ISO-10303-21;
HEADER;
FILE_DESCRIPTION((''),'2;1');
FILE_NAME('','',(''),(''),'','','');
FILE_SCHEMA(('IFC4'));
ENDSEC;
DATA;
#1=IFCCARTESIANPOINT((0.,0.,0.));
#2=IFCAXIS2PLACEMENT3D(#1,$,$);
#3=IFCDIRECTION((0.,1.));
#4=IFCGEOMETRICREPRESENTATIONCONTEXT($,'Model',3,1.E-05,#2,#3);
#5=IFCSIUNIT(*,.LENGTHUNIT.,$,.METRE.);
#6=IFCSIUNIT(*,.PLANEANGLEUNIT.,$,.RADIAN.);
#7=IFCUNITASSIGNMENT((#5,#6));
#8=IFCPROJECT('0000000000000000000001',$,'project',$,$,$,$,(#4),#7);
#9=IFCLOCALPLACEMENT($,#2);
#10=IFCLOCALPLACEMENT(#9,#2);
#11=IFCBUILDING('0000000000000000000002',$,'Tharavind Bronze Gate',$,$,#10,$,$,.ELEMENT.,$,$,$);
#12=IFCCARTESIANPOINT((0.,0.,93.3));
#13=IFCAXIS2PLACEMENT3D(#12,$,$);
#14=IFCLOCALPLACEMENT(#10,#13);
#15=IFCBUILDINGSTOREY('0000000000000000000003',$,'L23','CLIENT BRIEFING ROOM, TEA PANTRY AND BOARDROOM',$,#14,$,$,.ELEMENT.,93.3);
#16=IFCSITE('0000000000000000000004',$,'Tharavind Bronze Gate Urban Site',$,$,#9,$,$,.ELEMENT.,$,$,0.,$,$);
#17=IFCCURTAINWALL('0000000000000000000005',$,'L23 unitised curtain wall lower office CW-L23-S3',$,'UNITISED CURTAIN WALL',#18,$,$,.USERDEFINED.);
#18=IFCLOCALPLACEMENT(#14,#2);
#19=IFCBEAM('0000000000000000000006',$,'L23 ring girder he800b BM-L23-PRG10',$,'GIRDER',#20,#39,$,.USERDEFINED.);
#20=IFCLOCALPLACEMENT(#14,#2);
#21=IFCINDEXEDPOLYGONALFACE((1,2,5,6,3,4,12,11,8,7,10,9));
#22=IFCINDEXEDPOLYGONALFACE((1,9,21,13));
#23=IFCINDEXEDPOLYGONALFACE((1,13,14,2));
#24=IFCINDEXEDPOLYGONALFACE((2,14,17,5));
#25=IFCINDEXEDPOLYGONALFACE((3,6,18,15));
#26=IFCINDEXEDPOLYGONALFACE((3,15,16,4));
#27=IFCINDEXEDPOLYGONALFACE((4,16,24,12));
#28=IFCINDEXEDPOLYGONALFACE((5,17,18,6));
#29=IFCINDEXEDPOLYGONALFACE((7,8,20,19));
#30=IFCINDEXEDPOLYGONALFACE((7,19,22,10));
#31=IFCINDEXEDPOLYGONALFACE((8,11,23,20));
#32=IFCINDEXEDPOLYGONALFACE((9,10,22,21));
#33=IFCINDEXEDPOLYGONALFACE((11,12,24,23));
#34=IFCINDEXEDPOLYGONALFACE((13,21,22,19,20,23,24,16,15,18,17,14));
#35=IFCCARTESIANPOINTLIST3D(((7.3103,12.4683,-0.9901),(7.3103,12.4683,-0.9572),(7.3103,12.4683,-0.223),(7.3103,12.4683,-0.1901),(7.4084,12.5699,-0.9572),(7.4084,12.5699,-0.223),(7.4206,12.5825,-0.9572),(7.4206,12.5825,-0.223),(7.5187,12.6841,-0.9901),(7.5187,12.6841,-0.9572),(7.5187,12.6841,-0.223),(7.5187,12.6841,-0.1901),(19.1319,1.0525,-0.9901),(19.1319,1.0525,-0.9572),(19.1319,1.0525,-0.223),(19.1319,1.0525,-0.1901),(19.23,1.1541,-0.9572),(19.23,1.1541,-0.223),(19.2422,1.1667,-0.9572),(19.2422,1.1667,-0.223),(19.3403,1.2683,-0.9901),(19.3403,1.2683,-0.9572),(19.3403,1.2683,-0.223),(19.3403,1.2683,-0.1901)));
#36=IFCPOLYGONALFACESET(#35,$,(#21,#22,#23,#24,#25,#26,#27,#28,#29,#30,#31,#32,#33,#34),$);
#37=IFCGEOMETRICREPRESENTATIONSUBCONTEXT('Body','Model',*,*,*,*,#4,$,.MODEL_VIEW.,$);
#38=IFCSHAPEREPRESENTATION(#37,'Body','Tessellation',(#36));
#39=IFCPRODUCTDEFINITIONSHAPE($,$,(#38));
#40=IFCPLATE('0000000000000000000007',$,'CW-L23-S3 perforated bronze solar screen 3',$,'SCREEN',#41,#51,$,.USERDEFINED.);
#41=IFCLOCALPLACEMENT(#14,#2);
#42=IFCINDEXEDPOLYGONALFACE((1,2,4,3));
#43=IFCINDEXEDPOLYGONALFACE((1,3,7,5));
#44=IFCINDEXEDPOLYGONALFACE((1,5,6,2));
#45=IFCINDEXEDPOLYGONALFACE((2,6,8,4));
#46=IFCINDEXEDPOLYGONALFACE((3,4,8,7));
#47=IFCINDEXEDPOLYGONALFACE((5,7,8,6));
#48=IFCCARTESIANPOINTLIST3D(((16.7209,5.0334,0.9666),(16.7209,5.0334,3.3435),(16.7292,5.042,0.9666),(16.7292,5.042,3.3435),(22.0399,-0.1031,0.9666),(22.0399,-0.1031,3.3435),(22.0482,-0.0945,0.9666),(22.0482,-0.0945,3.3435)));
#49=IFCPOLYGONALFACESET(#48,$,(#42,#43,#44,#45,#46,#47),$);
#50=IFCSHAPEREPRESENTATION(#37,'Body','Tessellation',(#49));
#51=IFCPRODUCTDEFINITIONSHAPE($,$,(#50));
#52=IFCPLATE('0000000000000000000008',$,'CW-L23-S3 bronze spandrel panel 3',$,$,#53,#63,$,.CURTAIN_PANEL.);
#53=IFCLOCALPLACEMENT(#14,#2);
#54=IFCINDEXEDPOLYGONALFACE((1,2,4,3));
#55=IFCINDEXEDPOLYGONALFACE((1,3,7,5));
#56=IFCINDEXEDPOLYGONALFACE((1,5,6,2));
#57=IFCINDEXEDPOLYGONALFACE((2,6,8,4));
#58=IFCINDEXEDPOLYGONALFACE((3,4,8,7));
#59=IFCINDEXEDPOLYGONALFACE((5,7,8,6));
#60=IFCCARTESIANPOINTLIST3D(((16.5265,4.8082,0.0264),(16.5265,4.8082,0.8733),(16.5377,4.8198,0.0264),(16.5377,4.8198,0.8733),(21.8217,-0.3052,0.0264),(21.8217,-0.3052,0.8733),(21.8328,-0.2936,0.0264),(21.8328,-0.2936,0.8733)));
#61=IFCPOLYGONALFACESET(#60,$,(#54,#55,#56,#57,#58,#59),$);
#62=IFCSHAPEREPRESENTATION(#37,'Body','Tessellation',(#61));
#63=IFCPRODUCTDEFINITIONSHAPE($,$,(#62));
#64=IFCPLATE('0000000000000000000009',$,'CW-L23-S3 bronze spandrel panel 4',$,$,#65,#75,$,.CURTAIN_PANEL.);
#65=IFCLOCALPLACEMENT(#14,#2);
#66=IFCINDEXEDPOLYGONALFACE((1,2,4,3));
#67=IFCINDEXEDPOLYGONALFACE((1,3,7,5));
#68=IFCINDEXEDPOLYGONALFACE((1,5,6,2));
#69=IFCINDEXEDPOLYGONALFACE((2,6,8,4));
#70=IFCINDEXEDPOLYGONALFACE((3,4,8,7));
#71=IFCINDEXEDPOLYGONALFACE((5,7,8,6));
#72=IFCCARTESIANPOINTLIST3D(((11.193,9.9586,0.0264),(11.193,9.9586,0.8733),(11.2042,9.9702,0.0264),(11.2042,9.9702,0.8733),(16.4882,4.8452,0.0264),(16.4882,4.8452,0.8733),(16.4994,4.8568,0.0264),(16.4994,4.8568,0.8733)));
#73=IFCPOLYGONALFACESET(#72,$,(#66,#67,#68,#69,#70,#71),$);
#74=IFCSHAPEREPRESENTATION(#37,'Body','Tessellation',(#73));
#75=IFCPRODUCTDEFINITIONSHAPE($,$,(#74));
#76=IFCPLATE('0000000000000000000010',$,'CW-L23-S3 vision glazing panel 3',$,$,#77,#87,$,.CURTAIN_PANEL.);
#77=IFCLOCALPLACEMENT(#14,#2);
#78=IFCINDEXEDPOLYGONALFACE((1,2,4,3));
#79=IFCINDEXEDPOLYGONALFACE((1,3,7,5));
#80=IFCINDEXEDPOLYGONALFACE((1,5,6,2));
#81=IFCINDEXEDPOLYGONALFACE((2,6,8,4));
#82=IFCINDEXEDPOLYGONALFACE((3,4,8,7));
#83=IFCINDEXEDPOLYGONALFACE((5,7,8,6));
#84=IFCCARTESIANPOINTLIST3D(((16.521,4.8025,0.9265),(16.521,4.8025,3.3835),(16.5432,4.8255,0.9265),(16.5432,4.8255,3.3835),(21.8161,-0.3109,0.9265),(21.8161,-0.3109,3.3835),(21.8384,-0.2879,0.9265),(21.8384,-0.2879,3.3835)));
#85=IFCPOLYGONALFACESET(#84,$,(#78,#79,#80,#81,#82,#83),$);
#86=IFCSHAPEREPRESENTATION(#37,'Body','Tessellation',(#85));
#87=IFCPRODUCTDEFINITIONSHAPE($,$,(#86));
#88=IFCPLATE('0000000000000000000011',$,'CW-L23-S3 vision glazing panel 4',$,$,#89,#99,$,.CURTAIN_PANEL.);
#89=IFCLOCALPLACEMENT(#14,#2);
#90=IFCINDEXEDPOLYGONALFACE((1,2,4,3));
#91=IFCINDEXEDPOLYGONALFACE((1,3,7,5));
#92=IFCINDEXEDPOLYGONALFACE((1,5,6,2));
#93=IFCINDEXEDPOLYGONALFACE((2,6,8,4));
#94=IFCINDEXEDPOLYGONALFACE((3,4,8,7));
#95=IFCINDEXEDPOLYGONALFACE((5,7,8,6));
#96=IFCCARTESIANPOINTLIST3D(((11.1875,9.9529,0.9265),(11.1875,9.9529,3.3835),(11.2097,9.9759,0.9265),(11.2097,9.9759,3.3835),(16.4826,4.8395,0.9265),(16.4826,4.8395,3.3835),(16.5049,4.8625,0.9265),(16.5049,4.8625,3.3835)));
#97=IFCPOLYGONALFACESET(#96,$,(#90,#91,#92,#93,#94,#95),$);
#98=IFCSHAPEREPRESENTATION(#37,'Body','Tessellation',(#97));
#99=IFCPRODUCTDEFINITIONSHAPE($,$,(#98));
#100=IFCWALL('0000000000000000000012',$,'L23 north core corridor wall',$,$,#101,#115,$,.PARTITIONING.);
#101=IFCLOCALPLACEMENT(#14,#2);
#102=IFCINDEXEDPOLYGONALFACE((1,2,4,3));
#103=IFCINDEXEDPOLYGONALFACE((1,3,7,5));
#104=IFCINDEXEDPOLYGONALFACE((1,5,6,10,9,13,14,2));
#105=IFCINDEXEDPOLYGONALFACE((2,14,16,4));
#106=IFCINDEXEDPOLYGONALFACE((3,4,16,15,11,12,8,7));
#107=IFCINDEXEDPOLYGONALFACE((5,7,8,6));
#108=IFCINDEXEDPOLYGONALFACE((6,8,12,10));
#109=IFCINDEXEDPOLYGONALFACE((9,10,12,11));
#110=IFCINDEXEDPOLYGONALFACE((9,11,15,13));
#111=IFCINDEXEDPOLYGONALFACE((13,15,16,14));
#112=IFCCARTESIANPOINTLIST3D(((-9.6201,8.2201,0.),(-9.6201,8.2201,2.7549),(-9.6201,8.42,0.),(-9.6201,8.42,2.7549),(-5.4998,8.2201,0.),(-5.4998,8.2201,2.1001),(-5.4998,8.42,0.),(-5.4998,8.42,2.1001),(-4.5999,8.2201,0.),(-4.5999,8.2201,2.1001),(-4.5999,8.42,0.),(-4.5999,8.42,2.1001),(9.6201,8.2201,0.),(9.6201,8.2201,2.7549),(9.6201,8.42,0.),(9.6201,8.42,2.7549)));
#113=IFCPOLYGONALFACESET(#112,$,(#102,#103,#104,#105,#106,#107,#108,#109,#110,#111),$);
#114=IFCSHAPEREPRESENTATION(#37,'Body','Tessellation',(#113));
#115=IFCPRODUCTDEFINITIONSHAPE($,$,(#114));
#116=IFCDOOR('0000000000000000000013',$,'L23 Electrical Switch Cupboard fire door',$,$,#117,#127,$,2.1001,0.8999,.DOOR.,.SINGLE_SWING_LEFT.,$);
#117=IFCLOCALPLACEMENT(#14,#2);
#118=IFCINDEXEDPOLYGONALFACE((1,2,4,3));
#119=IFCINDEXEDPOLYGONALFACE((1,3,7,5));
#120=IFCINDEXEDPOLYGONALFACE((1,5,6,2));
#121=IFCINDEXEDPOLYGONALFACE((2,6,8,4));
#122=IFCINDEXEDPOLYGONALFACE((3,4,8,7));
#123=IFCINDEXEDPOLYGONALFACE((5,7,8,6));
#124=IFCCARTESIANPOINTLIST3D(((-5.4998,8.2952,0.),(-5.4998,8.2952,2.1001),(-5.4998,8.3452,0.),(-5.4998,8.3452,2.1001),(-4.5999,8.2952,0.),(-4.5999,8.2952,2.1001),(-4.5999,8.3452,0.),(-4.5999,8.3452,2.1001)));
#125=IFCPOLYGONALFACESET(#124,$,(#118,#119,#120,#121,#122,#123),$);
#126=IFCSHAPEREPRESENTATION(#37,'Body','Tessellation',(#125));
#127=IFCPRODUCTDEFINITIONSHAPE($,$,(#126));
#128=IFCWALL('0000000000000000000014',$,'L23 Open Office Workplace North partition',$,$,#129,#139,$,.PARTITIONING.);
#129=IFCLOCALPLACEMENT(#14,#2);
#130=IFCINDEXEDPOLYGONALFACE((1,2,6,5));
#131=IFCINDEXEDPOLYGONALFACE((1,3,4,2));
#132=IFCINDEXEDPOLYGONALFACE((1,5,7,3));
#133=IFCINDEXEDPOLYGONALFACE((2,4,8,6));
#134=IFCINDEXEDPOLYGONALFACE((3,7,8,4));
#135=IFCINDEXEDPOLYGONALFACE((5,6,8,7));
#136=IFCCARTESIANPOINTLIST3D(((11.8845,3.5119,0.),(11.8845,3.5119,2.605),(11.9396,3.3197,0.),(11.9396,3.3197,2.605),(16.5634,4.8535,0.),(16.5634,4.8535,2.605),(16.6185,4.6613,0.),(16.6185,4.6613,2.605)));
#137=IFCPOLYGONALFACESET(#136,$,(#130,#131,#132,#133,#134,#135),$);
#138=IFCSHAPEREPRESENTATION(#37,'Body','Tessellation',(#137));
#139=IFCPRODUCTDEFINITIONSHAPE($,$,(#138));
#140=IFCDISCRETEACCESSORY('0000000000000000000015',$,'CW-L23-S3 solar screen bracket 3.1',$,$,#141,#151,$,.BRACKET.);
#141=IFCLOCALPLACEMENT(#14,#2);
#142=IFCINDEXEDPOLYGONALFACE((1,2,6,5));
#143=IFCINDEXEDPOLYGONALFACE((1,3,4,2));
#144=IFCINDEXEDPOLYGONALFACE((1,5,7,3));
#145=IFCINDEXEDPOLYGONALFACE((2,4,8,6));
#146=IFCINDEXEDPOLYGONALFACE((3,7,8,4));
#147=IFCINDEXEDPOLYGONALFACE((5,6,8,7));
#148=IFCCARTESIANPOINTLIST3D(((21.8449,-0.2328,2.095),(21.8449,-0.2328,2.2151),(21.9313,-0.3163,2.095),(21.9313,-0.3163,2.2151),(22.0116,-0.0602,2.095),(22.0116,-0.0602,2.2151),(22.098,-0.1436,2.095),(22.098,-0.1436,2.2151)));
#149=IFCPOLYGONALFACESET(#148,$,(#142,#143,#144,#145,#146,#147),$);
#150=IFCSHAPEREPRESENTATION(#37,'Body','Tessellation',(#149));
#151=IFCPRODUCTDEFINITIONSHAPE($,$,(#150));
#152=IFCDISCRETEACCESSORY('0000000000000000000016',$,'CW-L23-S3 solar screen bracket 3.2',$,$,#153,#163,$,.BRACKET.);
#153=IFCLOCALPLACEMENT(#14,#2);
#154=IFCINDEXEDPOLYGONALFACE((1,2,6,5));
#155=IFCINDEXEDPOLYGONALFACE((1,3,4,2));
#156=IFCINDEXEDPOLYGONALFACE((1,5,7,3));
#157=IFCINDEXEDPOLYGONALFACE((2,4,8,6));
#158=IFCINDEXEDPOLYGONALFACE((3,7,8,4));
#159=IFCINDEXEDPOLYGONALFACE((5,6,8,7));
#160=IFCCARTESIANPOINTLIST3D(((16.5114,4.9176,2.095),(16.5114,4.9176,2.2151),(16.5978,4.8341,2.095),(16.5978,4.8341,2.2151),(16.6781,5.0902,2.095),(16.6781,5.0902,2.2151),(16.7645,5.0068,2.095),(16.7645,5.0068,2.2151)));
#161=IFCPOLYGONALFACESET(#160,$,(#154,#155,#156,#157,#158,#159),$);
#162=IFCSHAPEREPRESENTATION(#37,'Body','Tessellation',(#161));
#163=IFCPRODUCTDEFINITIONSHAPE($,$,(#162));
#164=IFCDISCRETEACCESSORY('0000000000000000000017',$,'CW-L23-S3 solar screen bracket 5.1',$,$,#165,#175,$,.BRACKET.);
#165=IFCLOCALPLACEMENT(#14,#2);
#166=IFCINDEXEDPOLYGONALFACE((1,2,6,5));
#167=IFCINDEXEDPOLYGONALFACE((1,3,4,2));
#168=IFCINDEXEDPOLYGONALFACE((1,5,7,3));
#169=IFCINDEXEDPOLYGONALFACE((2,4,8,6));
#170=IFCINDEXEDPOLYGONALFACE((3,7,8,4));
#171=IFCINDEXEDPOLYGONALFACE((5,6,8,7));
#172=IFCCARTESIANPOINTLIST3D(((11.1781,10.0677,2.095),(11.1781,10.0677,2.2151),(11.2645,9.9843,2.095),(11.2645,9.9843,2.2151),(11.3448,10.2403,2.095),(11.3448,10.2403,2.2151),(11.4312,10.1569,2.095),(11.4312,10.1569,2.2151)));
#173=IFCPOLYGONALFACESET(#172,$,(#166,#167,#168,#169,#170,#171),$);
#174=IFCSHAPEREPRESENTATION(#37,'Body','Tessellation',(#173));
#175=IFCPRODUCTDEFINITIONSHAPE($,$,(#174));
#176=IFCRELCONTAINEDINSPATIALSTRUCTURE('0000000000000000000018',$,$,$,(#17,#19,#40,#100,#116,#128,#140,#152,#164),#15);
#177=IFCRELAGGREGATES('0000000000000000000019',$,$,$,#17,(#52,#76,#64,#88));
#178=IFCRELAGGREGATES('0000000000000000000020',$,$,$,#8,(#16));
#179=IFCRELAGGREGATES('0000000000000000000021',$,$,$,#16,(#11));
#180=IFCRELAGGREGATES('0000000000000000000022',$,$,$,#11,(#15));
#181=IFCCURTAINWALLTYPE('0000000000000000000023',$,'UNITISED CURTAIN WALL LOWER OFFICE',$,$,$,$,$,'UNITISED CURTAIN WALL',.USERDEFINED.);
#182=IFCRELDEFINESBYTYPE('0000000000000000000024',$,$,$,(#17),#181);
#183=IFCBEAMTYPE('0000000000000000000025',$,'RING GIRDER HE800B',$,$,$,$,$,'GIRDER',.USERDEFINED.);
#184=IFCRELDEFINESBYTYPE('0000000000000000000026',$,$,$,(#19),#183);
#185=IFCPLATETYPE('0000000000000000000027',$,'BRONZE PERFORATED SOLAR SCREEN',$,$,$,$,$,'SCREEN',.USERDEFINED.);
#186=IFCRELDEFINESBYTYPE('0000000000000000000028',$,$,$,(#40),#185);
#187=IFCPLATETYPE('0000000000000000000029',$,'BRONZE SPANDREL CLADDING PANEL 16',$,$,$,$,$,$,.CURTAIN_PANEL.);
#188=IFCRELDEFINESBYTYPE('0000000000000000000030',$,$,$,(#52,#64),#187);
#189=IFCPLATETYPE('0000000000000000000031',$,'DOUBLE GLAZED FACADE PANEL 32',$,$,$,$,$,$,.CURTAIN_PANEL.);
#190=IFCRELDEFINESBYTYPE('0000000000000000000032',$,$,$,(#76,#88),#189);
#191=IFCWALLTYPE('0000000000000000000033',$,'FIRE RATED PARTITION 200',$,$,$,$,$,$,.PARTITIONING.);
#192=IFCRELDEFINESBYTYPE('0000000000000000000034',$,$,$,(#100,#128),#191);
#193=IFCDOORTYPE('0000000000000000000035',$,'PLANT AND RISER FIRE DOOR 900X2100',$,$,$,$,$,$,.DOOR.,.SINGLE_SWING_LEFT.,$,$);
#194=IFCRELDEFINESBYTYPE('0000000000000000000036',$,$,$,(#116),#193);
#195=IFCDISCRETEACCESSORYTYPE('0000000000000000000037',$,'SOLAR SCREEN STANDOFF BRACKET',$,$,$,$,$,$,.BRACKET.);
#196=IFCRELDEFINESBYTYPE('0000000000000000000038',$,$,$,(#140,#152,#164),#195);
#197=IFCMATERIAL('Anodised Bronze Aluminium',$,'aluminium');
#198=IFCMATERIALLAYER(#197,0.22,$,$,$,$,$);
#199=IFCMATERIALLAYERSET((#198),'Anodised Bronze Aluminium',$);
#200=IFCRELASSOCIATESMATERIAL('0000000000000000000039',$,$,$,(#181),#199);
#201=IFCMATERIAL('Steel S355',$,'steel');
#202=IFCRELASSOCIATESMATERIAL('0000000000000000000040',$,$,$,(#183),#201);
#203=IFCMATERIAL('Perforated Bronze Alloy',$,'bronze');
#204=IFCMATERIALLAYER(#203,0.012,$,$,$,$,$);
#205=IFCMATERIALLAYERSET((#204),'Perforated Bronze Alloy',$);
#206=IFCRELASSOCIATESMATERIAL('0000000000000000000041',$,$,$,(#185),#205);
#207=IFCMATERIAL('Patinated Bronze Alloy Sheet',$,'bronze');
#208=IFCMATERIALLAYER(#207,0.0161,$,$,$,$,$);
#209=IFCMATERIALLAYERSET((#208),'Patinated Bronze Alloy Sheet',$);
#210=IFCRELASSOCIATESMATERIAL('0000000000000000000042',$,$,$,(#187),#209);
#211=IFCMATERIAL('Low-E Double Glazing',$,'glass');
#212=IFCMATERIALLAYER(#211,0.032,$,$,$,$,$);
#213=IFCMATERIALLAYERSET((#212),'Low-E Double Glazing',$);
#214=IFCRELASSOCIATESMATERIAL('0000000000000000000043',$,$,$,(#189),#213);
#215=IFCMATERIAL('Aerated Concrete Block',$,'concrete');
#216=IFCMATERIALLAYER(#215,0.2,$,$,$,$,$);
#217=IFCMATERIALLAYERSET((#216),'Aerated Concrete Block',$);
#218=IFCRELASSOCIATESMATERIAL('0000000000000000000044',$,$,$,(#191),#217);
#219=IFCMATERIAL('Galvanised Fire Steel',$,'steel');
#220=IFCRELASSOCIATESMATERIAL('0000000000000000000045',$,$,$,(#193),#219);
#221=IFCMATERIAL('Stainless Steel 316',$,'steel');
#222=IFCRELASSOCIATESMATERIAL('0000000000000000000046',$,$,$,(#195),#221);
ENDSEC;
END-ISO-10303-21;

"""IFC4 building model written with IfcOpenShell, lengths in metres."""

from ifc_helpers import new_model, si_unit, direction, frame, frame_2d, origin, origin_2d, place, context, subcontext, project, spatial, rectangle, i_section, extrude, material, layer, layer_set, material_profile, profile_set, type_object, element, fill, aggregate, save


model = new_model("IFC4")

# Units and contexts
model_context = context("Model", 3, precision=1e-05, world=origin(), true_north=direction((0.0, 1.0)))
body_context = subcontext(model_context, "Body", "Model", "MODEL_VIEW")
ifc_project = project(units=[si_unit("LENGTHUNIT", "METRE"), si_unit("PLANEANGLEUNIT", "RADIAN")], contexts=[model_context])

# Site, building, storey
site_placement = place(None, origin())
site = spatial("IfcSite", under=ifc_project, at=site_placement, Name="Tharavind Bronze Gate Urban Site", CompositionType="ELEMENT", RefElevation=0.0)
building_placement = place(site_placement, origin())
building = spatial("IfcBuilding", under=site, at=building_placement, Name="Tharavind Bronze Gate", CompositionType="ELEMENT")
storey_placement = place(building_placement, frame((0.0, 0.0, 93.3)))
storey = spatial("IfcBuildingStorey", under=building, at=storey_placement, Name="L23", Description="CLIENT BRIEFING ROOM, TEA PANTRY AND BOARDROOM", CompositionType="ELEMENT", Elevation=93.3)

# Curtain wall
ifc_material_1 = material(Name="Anodised Bronze Aluminium", Category="aluminium")
ifc_layer_1 = layer(ifc_material_1, 0.22)
ifc_layer_set_1 = layer_set([ifc_layer_1], Name="Anodised Bronze Aluminium")
curtain_wall_type = type_object("IfcCurtainWallType", Name="UNITISED CURTAIN WALL LOWER OFFICE", ElementType="UNITISED CURTAIN WALL", PredefinedType="USERDEFINED", material=ifc_layer_set_1)
curtain_wall_placement = place(storey_placement, origin())
curtain_wall = element("IfcCurtainWall", 1, at=curtain_wall_placement, inside=storey, type_object=curtain_wall_type, Name="L23 unitised curtain wall lower office CW-L23-S3", ObjectType="UNITISED CURTAIN WALL", PredefinedType="USERDEFINED")

# Beam
ifc_material_2 = material(Name="Steel S355", Category="steel")
ifc_material_profile_1 = material_profile(ifc_material_2, i_section(OverallWidth=0.3, OverallDepth=0.8, WebThickness=0.0176, FlangeThickness=0.033, at=origin_2d()), Name="HE800B")
ifc_profile_set_1 = profile_set([ifc_material_profile_1], Name="Steel S355")
beam_type_1 = type_object("IfcBeamType", Name="RING GIRDER HE800B", ElementType="GIRDER", PredefinedType="USERDEFINED", material=ifc_profile_set_1)
beam_1_placement = place(storey_placement, frame((19.2361, 1.1604, -0.5901), z_axis=(-0.719344, 0.694654, 0.0), x_axis=(-0.694654, -0.719344, 0.0)))
element("IfcBeam", 2, at=beam_1_placement, inside=storey, type_object=beam_type_1, Name="L23 ring girder he800b BM-L23-PRG10", ObjectType="GIRDER", PredefinedType="USERDEFINED", context=body_context, shape_type="SweptSolid", body=[
    extrude(i_section(OverallWidth=0.3, OverallDepth=0.8, WebThickness=0.0176, FlangeThickness=0.033, at=origin_2d()), origin(), (0.0, 0.0, 1.0), 16.4338),
])

# Plates
ifc_material_3 = material(Name="Perforated Bronze Alloy", Category="bronze")
ifc_layer_2 = layer(ifc_material_3, 0.012)
ifc_layer_set_2 = layer_set([ifc_layer_2], Name="Perforated Bronze Alloy")
plate_type_1 = type_object("IfcPlateType", Name="BRONZE PERFORATED SOLAR SCREEN", ElementType="SCREEN", PredefinedType="USERDEFINED", material=ifc_layer_set_2)
plate_1_placement = place(storey_placement, frame((19.3845, 2.4695, 0.9666), z_axis=(0.0, 0.0, 1.0), x_axis=(-0.719341, 0.694657, 0.0)))
element("IfcPlate", 3, at=plate_1_placement, inside=storey, type_object=plate_type_1, Name="CW-L23-S3 perforated bronze solar screen 3", ObjectType="SCREEN", PredefinedType="USERDEFINED", context=body_context, shape_type="SweptSolid", body=[
    extrude(rectangle(XDim=7.3943, YDim=0.012, at=origin_2d()), origin(), (0.0, 0.0, 1.0), 2.377),
])
ifc_material_4 = material(Name="Patinated Bronze Alloy Sheet", Category="bronze")
ifc_layer_3 = layer(ifc_material_4, 0.0161)
ifc_layer_set_3 = layer_set([ifc_layer_3], Name="Patinated Bronze Alloy Sheet")
plate_type_2 = type_object("IfcPlateType", Name="BRONZE SPANDREL CLADDING PANEL 16", PredefinedType="CURTAIN_PANEL", material=ifc_layer_set_3)
plate_2_placement = place(storey_placement, frame((19.1797, 2.2573, 0.0264), z_axis=(0.0, 0.0, 1.0), x_axis=(-0.719341, 0.694657, 0.0)))
plate_2 = element("IfcPlate", 4, at=plate_2_placement, type_object=plate_type_2, Name="CW-L23-S3 bronze spandrel panel 3", PredefinedType="CURTAIN_PANEL", context=body_context, shape_type="SweptSolid", body=[
    extrude(rectangle(XDim=7.3611, YDim=0.0161, at=origin_2d()), origin(), (0.0, 0.0, 1.0), 0.8469),
])
plate_3_placement = place(storey_placement, frame((13.8462, 7.4077, 0.0264), z_axis=(0.0, 0.0, 1.0), x_axis=(-0.719341, 0.694657, 0.0)))
plate_3 = element("IfcPlate", 5, at=plate_3_placement, type_object=plate_type_2, Name="CW-L23-S3 bronze spandrel panel 4", PredefinedType="CURTAIN_PANEL", context=body_context, shape_type="SweptSolid", body=[
    extrude(rectangle(XDim=7.3611, YDim=0.0161, at=origin_2d()), origin(), (0.0, 0.0, 1.0), 0.8469),
])
ifc_material_5 = material(Name="Low-E Double Glazing", Category="glass")
ifc_layer_4 = layer(ifc_material_5, 0.032)
ifc_layer_set_4 = layer_set([ifc_layer_4], Name="Low-E Double Glazing")
plate_type_3 = type_object("IfcPlateType", Name="DOUBLE GLAZED FACADE PANEL 32", PredefinedType="CURTAIN_PANEL", material=ifc_layer_set_4)
plate_4_placement = place(storey_placement, frame((19.1797, 2.2573, 0.9265), z_axis=(0.0, 0.0, 1.0), x_axis=(-0.719341, 0.694657, 0.0)))
plate_4 = element("IfcPlate", 6, at=plate_4_placement, type_object=plate_type_3, Name="CW-L23-S3 vision glazing panel 3", PredefinedType="CURTAIN_PANEL", context=body_context, shape_type="SweptSolid", body=[
    extrude(rectangle(XDim=7.3611, YDim=0.032, at=origin_2d()), origin(), (0.0, 0.0, 1.0), 2.457),
])
plate_5_placement = place(storey_placement, frame((13.8462, 7.4077, 0.9265), z_axis=(0.0, 0.0, 1.0), x_axis=(-0.719341, 0.694657, 0.0)))
plate_5 = element("IfcPlate", 7, at=plate_5_placement, type_object=plate_type_3, Name="CW-L23-S3 vision glazing panel 4", PredefinedType="CURTAIN_PANEL", context=body_context, shape_type="SweptSolid", body=[
    extrude(rectangle(XDim=7.3611, YDim=0.032, at=origin_2d()), origin(), (0.0, 0.0, 1.0), 2.457),
])
aggregate(curtain_wall, [plate_2, plate_4, plate_3, plate_5])

# Wall, opening, door
ifc_material_6 = material(Name="Aerated Concrete Block", Category="concrete")
ifc_layer_5 = layer(ifc_material_6, 0.2)
ifc_layer_set_5 = layer_set([ifc_layer_5], Name="Aerated Concrete Block")
wall_type = type_object("IfcWallType", Name="FIRE RATED PARTITION 200", PredefinedType="PARTITIONING", material=ifc_layer_set_5)
wall_1_placement = place(storey_placement, frame((9.6201, 8.3201, 0.0), z_axis=(0.0, 0.0, 1.0), x_axis=(-1.0, 0.0, 0.0)))
wall_1 = element("IfcWall", 8, at=wall_1_placement, inside=storey, type_object=wall_type, Name="L23 north core corridor wall", PredefinedType="PARTITIONING", context=body_context, shape_type="SweptSolid", body=[
    extrude(rectangle(XDim=19.2402, YDim=0.2, at=frame_2d((9.6201, 0.0))), origin(), (0.0, 0.0, 1.0), 2.7549),
])
opening_1_placement = place(wall_1_placement, frame((14.22, 0.0, 0.0)))
opening_1 = element("IfcOpeningElement", 9, at=opening_1_placement, cuts=wall_1, PredefinedType="OPENING", context=body_context, shape_type="SweptSolid", body=[
    extrude(rectangle(XDim=0.8999, YDim=2.1001, at=frame_2d((0.45, 1.05))), frame((0.0, 0.1101, 0.0), z_axis=(0.0, -1.0, 0.0), x_axis=(1.0, 0.0, 0.0)), (0.0, 0.0, 1.0), 0.22),
])
ifc_material_7 = material(Name="Galvanised Fire Steel", Category="steel")
door_type_1 = type_object("IfcDoorType", Name="PLANT AND RISER FIRE DOOR 900X2100", OperationType="SINGLE_SWING_LEFT", PredefinedType="DOOR", material=ifc_material_7)
door_1_placement = place(opening_1_placement, origin())
door_1 = element("IfcDoor", 10, at=door_1_placement, inside=storey, type_object=door_type_1, Name="L23 Electrical Switch Cupboard fire door", OperationType="SINGLE_SWING_LEFT", OverallHeight=2.1001, OverallWidth=0.8999, PredefinedType="DOOR", context=body_context, shape_type="SweptSolid", body=[
    extrude(rectangle(XDim=0.8999, YDim=2.1001, at=frame_2d((0.45, 1.05))), frame((0.0, 0.0249, 0.0), z_axis=(0.0, -1.0, 0.0), x_axis=(1.0, 0.0, 0.0)), (0.0, 0.0, 1.0), 0.05),
])
fill(opening_1, door_1)

# Wall
wall_2_placement = place(storey_placement, frame((16.5908, 4.7573, 0.0), z_axis=(0.0, 0.0, 1.0), x_axis=(-0.961268, -0.275615, 0.0)))
element("IfcWall", 11, at=wall_2_placement, inside=storey, type_object=wall_type, Name="L23 Open Office Workplace North partition", PredefinedType="PARTITIONING", context=body_context, shape_type="SweptSolid", body=[
    extrude(rectangle(XDim=4.8674, YDim=0.2, at=frame_2d((2.4336, 0.0))), origin(), (0.0, 0.0, 1.0), 2.605),
])

# Discrete accessories
ifc_material_8 = material(Name="Stainless Steel 316", Category="steel")
discrete_accessory_type = type_object("IfcDiscreteAccessoryType", Name="SOLAR SCREEN STANDOFF BRACKET", PredefinedType="BRACKET", material=ifc_material_8)
for number, where, z_axis, x_axis, name in (
    (12, (21.9714, -0.1882, 2.095), (0.0, 0.0, 1.0), (-0.719341, 0.694657, 0.0), "CW-L23-S3 solar screen bracket 3.1"),
    (13, (16.6379, 4.9622, 2.095), (0.0, 0.0, 1.0), (-0.719341, 0.694657, 0.0), "CW-L23-S3 solar screen bracket 3.2"),
    (14, (11.3047, 10.1123, 2.095), (0.0, 0.0, 1.0), (-0.719341, 0.694657, 0.0), "CW-L23-S3 solar screen bracket 5.1"),
):
    element("IfcDiscreteAccessory", number, at=place(storey_placement, frame(where, z_axis=z_axis, x_axis=x_axis)), inside=storey, type_object=discrete_accessory_type, Name=name, PredefinedType="BRACKET", context=body_context, shape_type="SweptSolid", body=[
        extrude(rectangle(XDim=0.1201, YDim=0.24, at=origin_2d()), origin(), (0.0, 0.0, 1.0), 0.1201),
    ])

save(model, "model.ifc")
